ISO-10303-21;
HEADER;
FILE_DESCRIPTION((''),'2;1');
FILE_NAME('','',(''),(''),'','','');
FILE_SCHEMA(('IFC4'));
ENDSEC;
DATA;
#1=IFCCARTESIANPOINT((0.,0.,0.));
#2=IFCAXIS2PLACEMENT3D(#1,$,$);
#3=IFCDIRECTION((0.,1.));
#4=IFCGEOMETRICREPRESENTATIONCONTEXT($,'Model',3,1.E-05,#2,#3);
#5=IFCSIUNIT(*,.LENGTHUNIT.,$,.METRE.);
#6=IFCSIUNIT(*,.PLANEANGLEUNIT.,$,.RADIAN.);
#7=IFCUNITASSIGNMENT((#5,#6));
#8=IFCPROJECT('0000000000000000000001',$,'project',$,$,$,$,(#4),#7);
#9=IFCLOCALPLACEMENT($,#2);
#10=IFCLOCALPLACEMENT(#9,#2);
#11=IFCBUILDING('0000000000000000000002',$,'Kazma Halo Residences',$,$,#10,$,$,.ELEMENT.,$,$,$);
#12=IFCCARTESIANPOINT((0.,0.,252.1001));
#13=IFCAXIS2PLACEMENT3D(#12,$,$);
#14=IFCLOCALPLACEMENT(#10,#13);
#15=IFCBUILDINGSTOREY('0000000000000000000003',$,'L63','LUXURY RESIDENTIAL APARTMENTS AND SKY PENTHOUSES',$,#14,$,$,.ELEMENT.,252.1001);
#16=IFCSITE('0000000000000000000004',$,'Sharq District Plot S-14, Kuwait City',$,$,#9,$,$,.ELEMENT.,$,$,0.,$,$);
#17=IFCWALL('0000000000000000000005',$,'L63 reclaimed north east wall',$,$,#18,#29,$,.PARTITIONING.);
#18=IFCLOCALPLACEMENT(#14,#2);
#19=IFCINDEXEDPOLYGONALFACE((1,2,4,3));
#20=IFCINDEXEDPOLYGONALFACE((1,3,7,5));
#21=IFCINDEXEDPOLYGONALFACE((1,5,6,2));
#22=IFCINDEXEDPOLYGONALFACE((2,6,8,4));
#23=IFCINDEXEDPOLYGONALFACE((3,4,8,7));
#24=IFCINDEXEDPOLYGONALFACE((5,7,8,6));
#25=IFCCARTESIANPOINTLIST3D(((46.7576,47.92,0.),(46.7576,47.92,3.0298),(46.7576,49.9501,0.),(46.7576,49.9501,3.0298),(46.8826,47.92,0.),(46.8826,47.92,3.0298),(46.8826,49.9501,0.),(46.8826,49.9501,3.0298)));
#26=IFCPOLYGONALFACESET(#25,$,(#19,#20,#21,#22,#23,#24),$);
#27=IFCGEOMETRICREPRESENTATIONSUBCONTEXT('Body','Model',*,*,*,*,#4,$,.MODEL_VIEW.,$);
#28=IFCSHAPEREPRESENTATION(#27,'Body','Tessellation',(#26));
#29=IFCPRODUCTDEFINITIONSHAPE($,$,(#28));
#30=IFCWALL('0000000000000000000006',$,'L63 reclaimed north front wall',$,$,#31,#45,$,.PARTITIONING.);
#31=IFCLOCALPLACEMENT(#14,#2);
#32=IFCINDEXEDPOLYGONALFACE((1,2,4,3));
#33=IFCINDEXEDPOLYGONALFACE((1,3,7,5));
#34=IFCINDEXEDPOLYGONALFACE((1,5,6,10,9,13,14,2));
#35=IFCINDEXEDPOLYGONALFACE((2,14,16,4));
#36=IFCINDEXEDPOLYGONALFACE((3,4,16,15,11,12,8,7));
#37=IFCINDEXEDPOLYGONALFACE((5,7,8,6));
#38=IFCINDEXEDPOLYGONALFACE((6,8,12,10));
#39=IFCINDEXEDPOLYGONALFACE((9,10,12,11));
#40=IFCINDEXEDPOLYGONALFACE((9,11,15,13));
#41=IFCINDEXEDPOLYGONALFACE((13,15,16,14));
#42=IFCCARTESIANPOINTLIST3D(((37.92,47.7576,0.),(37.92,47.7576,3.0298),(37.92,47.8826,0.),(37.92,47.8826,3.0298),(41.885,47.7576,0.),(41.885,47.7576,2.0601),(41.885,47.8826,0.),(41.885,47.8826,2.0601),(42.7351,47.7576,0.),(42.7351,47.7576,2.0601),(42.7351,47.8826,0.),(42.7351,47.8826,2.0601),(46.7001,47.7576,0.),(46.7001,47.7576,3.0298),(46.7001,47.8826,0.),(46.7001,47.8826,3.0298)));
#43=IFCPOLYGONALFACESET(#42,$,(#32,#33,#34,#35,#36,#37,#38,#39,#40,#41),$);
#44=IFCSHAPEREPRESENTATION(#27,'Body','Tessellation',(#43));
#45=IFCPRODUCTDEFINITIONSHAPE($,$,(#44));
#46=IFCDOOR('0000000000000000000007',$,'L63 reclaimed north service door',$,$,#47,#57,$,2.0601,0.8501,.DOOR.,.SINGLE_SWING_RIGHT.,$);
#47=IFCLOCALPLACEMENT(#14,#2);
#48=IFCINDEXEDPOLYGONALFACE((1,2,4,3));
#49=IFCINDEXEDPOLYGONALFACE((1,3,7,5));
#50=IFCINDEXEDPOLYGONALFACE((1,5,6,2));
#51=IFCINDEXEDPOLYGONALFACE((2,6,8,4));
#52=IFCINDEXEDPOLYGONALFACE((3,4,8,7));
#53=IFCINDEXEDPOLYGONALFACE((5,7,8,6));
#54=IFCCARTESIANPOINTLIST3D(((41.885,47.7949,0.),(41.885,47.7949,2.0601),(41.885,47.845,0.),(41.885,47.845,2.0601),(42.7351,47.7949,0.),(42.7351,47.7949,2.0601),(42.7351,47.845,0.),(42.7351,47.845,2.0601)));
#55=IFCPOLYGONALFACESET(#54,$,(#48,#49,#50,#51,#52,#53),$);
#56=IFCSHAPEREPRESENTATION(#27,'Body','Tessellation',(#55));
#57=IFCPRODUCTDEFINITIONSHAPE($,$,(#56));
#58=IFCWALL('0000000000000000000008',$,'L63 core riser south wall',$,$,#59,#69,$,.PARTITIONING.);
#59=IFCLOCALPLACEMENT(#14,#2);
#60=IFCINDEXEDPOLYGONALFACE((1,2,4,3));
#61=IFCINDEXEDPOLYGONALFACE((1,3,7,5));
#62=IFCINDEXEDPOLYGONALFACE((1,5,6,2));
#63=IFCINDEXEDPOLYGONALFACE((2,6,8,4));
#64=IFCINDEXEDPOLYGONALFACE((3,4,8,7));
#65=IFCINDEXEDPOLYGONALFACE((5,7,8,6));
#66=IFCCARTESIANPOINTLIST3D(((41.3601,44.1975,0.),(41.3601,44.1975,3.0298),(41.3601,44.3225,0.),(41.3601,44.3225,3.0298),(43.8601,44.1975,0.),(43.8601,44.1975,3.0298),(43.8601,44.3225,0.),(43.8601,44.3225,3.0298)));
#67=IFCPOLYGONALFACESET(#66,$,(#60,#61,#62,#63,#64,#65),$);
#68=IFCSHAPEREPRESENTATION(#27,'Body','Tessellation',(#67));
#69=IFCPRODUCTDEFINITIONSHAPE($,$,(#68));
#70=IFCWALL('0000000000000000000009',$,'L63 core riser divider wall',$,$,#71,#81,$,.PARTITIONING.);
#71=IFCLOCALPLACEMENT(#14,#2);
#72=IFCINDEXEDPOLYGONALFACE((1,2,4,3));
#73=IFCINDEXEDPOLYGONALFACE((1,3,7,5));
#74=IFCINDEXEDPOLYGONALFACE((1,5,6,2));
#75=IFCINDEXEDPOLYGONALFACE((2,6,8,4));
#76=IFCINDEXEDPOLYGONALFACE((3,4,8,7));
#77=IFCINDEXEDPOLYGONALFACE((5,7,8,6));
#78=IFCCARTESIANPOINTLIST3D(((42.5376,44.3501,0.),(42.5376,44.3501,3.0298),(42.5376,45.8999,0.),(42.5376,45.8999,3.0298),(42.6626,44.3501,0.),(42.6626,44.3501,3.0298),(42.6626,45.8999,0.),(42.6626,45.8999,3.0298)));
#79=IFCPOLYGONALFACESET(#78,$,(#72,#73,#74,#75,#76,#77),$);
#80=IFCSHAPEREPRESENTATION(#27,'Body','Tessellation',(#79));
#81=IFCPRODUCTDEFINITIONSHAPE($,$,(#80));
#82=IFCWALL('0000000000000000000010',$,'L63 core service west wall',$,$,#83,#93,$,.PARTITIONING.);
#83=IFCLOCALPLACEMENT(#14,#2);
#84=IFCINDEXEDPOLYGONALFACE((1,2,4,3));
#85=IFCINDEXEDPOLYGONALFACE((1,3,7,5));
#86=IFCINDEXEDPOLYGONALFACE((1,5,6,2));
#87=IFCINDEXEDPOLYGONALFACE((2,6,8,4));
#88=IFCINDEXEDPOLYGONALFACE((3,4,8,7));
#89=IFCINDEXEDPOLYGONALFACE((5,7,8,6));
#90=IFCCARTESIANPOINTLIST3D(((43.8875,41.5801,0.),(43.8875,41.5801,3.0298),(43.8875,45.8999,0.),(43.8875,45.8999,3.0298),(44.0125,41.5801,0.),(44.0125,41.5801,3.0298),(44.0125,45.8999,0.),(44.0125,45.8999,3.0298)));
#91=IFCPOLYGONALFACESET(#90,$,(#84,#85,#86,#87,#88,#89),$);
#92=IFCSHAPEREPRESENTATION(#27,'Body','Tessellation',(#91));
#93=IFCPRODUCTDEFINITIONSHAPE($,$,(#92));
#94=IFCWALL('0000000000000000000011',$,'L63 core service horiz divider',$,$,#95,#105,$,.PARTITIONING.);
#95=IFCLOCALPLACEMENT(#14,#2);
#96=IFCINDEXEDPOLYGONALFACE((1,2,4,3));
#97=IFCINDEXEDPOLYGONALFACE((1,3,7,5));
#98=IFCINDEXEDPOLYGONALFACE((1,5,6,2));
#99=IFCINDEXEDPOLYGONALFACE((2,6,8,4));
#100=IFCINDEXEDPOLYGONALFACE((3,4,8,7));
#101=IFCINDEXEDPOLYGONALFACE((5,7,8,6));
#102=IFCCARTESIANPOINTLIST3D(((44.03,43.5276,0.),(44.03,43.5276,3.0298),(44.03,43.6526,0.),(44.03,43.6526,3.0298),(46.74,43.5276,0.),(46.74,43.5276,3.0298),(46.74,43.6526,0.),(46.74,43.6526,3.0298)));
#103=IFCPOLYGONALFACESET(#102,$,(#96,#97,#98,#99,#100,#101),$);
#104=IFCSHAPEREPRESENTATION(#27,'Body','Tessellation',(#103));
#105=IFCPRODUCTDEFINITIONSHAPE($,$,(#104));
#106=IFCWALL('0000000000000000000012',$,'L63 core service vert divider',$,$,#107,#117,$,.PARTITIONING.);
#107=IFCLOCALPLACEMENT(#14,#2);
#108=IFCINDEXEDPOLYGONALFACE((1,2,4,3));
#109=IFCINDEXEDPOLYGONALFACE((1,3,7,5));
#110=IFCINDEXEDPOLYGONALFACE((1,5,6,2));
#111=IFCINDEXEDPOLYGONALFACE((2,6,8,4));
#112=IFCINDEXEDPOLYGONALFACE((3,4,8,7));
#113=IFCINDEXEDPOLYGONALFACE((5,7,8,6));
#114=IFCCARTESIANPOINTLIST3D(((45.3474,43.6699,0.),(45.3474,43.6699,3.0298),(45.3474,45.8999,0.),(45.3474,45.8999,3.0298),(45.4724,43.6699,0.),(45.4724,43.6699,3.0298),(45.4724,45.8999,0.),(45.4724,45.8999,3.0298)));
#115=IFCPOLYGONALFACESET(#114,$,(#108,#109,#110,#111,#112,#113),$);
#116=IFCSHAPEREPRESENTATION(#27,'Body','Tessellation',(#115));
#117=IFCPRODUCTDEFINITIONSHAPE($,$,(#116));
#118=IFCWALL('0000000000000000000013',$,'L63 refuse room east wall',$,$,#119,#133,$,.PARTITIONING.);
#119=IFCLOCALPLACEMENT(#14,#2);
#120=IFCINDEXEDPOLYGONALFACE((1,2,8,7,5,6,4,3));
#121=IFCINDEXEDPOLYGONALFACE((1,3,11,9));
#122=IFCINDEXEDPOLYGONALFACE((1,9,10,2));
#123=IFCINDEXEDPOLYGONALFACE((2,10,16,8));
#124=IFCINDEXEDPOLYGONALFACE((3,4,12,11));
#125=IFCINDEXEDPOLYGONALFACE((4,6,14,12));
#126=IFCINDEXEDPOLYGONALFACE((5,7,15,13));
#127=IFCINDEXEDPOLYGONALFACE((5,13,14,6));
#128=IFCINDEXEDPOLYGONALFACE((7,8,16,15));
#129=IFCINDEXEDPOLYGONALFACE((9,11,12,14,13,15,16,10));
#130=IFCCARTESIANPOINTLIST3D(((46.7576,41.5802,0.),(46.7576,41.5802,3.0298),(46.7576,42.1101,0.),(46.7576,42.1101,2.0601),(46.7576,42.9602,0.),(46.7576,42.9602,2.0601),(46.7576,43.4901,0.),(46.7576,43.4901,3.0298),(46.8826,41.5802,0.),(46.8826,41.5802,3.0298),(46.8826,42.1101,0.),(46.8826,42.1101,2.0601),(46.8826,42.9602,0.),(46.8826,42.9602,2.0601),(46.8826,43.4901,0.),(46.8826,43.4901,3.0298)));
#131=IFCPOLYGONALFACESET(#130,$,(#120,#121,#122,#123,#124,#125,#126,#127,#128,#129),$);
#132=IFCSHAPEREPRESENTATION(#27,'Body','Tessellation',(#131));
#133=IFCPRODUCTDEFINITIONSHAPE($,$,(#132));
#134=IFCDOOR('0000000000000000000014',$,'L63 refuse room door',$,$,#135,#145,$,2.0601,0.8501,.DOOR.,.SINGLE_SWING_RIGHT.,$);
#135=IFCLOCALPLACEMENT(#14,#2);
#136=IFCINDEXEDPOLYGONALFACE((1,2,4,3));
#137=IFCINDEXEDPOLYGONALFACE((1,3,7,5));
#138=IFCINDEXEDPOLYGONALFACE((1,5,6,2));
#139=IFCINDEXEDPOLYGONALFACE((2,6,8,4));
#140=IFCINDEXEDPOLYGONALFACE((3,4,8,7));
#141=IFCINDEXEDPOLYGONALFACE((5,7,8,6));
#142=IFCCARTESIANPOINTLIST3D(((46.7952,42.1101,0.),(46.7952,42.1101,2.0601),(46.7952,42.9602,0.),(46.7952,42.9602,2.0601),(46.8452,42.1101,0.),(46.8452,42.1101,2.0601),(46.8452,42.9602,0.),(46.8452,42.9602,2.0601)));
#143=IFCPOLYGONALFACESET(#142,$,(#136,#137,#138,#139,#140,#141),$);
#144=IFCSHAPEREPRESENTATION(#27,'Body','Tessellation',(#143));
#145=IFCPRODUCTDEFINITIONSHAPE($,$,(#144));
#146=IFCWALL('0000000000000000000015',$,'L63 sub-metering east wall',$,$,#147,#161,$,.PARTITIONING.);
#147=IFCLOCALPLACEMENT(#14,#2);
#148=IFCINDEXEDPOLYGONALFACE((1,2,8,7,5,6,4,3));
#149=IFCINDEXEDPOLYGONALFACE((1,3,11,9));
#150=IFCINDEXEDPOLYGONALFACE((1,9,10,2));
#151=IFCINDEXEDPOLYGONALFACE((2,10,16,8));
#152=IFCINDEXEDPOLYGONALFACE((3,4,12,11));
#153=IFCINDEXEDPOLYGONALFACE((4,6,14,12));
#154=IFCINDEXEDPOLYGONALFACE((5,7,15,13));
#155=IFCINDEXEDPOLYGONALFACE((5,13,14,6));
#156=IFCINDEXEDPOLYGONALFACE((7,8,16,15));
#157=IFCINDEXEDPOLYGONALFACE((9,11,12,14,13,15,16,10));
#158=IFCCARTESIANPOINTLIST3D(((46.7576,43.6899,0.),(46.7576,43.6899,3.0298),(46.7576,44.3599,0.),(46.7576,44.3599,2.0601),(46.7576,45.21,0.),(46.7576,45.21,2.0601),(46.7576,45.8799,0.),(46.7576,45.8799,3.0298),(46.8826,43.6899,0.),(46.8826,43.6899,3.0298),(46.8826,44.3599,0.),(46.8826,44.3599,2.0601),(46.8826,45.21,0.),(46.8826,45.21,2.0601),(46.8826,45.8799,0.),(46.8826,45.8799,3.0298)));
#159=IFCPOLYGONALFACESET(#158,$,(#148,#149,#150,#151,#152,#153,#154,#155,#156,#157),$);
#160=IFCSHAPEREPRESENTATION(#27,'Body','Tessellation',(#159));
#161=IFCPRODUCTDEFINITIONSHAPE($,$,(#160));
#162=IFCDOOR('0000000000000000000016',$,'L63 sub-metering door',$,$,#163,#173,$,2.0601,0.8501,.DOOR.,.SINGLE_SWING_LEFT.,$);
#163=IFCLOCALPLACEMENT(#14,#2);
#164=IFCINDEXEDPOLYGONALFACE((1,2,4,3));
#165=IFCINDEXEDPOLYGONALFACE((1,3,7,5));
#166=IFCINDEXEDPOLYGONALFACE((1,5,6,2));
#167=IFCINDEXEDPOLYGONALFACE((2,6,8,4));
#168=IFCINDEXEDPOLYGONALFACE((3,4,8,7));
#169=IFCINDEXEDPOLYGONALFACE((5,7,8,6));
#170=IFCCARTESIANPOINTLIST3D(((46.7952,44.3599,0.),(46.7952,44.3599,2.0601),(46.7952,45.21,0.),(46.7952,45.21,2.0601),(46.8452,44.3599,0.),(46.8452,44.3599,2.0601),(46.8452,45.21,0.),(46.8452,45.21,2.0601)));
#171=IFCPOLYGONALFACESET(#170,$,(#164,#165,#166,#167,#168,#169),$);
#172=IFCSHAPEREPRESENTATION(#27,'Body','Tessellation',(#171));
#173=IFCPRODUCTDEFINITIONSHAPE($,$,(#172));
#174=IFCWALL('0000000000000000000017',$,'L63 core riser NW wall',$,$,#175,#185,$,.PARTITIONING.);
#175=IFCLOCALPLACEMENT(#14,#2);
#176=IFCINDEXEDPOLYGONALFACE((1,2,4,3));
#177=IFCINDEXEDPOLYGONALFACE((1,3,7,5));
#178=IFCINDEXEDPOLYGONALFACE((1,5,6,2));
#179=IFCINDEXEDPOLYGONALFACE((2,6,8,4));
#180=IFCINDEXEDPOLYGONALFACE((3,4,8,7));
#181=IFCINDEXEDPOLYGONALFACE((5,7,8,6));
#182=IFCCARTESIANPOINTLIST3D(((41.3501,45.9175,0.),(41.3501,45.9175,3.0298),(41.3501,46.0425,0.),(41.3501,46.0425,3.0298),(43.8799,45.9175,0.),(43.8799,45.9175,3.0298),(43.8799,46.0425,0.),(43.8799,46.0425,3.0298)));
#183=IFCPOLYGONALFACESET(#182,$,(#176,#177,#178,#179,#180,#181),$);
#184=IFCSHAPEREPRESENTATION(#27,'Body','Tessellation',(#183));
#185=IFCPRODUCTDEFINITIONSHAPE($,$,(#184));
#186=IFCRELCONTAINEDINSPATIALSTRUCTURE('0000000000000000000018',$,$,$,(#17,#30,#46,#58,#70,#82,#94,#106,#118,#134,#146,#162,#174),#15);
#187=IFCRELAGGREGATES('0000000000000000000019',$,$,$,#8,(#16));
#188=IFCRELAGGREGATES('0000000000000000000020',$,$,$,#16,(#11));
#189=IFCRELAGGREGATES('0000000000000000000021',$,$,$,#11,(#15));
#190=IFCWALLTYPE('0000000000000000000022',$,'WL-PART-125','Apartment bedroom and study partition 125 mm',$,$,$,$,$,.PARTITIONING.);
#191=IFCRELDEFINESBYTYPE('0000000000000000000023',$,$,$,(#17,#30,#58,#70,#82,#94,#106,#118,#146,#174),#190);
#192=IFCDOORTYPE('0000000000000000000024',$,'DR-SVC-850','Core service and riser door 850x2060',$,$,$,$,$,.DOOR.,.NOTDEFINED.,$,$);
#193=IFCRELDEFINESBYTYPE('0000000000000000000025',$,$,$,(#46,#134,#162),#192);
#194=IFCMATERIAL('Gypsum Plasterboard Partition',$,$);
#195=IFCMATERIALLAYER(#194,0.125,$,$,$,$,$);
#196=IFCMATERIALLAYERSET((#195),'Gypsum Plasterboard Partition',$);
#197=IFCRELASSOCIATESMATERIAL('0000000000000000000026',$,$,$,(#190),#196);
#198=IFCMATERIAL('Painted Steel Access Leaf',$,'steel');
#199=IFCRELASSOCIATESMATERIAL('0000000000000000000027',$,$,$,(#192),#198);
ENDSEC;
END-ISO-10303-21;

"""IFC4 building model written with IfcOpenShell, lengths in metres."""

from ifc_helpers import new_model, si_unit, direction, frame, frame_2d, origin, place, context, subcontext, project, spatial, rectangle, extrude, material, layer, layer_set, type_object, element, fill, save


model = new_model("IFC4")

# Units and contexts
model_context = context("Model", 3, precision=1e-05, world=origin(), true_north=direction((0.0, 1.0)))
body_context = subcontext(model_context, "Body", "Model", "MODEL_VIEW")
ifc_project = project(units=[si_unit("LENGTHUNIT", "METRE"), si_unit("PLANEANGLEUNIT", "RADIAN")], contexts=[model_context])

# Site, building, storey
site_placement = place(None, origin())
site = spatial("IfcSite", under=ifc_project, at=site_placement, Name="Sharq District Plot S-14, Kuwait City", CompositionType="ELEMENT", RefElevation=0.0)
building_placement = place(site_placement, origin())
building = spatial("IfcBuilding", under=site, at=building_placement, Name="Kazma Halo Residences", CompositionType="ELEMENT")
storey_placement = place(building_placement, frame((0.0, 0.0, 252.1001)))
storey = spatial("IfcBuildingStorey", under=building, at=storey_placement, Name="L63", Description="LUXURY RESIDENTIAL APARTMENTS AND SKY PENTHOUSES", CompositionType="ELEMENT", Elevation=252.1001)

# Wall
ifc_material_1 = material(Name="Gypsum Plasterboard Partition")
ifc_layer_1 = layer(ifc_material_1, 0.125)
ifc_layer_set_1 = layer_set([ifc_layer_1], Name="Gypsum Plasterboard Partition")
wall_type_1 = type_object("IfcWallType", Name="WL-PART-125", Description="Apartment bedroom and study partition 125 mm", PredefinedType="PARTITIONING", material=ifc_layer_set_1)
wall_1_placement = place(storey_placement, frame((46.8201, 47.9199, 0.0), z_axis=(0.0, 0.0, 1.0), x_axis=(0.0, 1.0, 0.0)))
element("IfcWall", 1, at=wall_1_placement, inside=storey, type_object=wall_type_1, Name="L63 reclaimed north east wall", PredefinedType="PARTITIONING", context=body_context, shape_type="SweptSolid", body=[
    extrude(rectangle(XDim=2.03, YDim=0.125, at=frame_2d((1.0151, 0.0))), origin(), (0.0, 0.0, 1.0), 3.0298),
])

# Wall, opening, door
wall_2_placement = place(storey_placement, frame((37.9199, 47.8201, 0.0), z_axis=(0.0, 0.0, 1.0), x_axis=(1.0, 0.0, 0.0)))
wall_2 = element("IfcWall", 2, at=wall_2_placement, inside=storey, type_object=wall_type_1, Name="L63 reclaimed north front wall", PredefinedType="PARTITIONING", context=body_context, shape_type="SweptSolid", body=[
    extrude(rectangle(XDim=8.78, YDim=0.125, at=frame_2d((4.3901, 0.0))), origin(), (0.0, 0.0, 1.0), 3.0298),
])
opening_1_placement = place(wall_2_placement, frame((3.9651, 0.0, 0.0)))
opening_1 = element("IfcOpeningElement", 3, at=opening_1_placement, cuts=wall_2, PredefinedType="OPENING", context=body_context, shape_type="SweptSolid", body=[
    extrude(rectangle(XDim=0.8501, YDim=2.0601, at=frame_2d((0.425, 1.03))), frame((0.0, 0.0725, 0.0), z_axis=(0.0, -1.0, 0.0), x_axis=(1.0, 0.0, 0.0)), (0.0, 0.0, 1.0), 0.145),
])
ifc_material_2 = material(Name="Painted Steel Access Leaf", Category="steel")
door_type_1 = type_object("IfcDoorType", Name="DR-SVC-850", Description="Core service and riser door 850x2060", OperationType="NOTDEFINED", PredefinedType="DOOR", material=ifc_material_2)
door_1_placement = place(opening_1_placement, origin())
door_1 = element("IfcDoor", 4, at=door_1_placement, inside=storey, type_object=door_type_1, Name="L63 reclaimed north service door", OperationType="SINGLE_SWING_RIGHT", OverallHeight=2.0601, OverallWidth=0.8501, PredefinedType="DOOR", context=body_context, shape_type="SweptSolid", body=[
    extrude(rectangle(XDim=0.8501, YDim=2.0601, at=frame_2d((0.425, 1.03))), frame((0.0, 0.0249, 0.0), z_axis=(0.0, -1.0, 0.0), x_axis=(1.0, 0.0, 0.0)), (0.0, 0.0, 1.0), 0.05),
])
fill(opening_1, door_1)

# Walls
wall_3_placement = place(storey_placement, frame((41.3601, 44.26, 0.0), z_axis=(0.0, 0.0, 1.0), x_axis=(1.0, 0.0, 0.0)))
element("IfcWall", 5, at=wall_3_placement, inside=storey, type_object=wall_type_1, Name="L63 core riser south wall", PredefinedType="PARTITIONING", context=body_context, shape_type="SweptSolid", body=[
    extrude(rectangle(XDim=2.5, YDim=0.125, at=frame_2d((1.25, 0.0))), origin(), (0.0, 0.0, 1.0), 3.0298),
])
wall_4_placement = place(storey_placement, frame((42.6001, 44.3501, 0.0), z_axis=(0.0, 0.0, 1.0), x_axis=(0.0, 1.0, 0.0)))
element("IfcWall", 6, at=wall_4_placement, inside=storey, type_object=wall_type_1, Name="L63 core riser divider wall", PredefinedType="PARTITIONING", context=body_context, shape_type="SweptSolid", body=[
    extrude(rectangle(XDim=1.5498, YDim=0.125, at=frame_2d((0.7749, 0.0))), origin(), (0.0, 0.0, 1.0), 3.0298),
])
wall_5_placement = place(storey_placement, frame((43.95, 41.5801, 0.0), z_axis=(0.0, 0.0, 1.0), x_axis=(0.0, 1.0, 0.0)))
element("IfcWall", 7, at=wall_5_placement, inside=storey, type_object=wall_type_1, Name="L63 core service west wall", PredefinedType="PARTITIONING", context=body_context, shape_type="SweptSolid", body=[
    extrude(rectangle(XDim=4.3198, YDim=0.125, at=frame_2d((2.1599, 0.0))), origin(), (0.0, 0.0, 1.0), 3.0298),
])
wall_6_placement = place(storey_placement, frame((44.03, 43.5901, 0.0), z_axis=(0.0, 0.0, 1.0), x_axis=(1.0, 0.0, 0.0)))
element("IfcWall", 8, at=wall_6_placement, inside=storey, type_object=wall_type_1, Name="L63 core service horiz divider", PredefinedType="PARTITIONING", context=body_context, shape_type="SweptSolid", body=[
    extrude(rectangle(XDim=2.71, YDim=0.125, at=frame_2d((1.355, 0.0))), origin(), (0.0, 0.0, 1.0), 3.0298),
])
wall_7_placement = place(storey_placement, frame((45.4099, 43.6699, 0.0), z_axis=(0.0, 0.0, 1.0), x_axis=(0.0, 1.0, 0.0)))
element("IfcWall", 9, at=wall_7_placement, inside=storey, type_object=wall_type_1, Name="L63 core service vert divider", PredefinedType="PARTITIONING", context=body_context, shape_type="SweptSolid", body=[
    extrude(rectangle(XDim=2.23, YDim=0.125, at=frame_2d((1.115, 0.0))), origin(), (0.0, 0.0, 1.0), 3.0298),
])

# Walls, openings, doors
wall_8_placement = place(storey_placement, frame((46.8201, 41.5801, 0.0), z_axis=(0.0, 0.0, 1.0), x_axis=(0.0, 1.0, 0.0)))
wall_8 = element("IfcWall", 10, at=wall_8_placement, inside=storey, type_object=wall_type_1, Name="L63 refuse room east wall", PredefinedType="PARTITIONING", context=body_context, shape_type="SweptSolid", body=[
    extrude(rectangle(XDim=1.9099, YDim=0.125, at=frame_2d((0.9551, 0.0))), origin(), (0.0, 0.0, 1.0), 3.0298),
])
opening_2_placement = place(wall_8_placement, frame((0.53, 0.0, 0.0)))
opening_2 = element("IfcOpeningElement", 11, at=opening_2_placement, cuts=wall_8, PredefinedType="OPENING", context=body_context, shape_type="SweptSolid", body=[
    extrude(rectangle(XDim=0.8501, YDim=2.0601, at=frame_2d((0.425, 1.03))), frame((0.0, 0.0725, 0.0), z_axis=(0.0, -1.0, 0.0), x_axis=(1.0, 0.0, 0.0)), (0.0, 0.0, 1.0), 0.145),
])
door_2_placement = place(opening_2_placement, origin())
door_2 = element("IfcDoor", 12, at=door_2_placement, inside=storey, type_object=door_type_1, Name="L63 refuse room door", OperationType="SINGLE_SWING_RIGHT", OverallHeight=2.0601, OverallWidth=0.8501, PredefinedType="DOOR", context=body_context, shape_type="SweptSolid", body=[
    extrude(rectangle(XDim=0.8501, YDim=2.0601, at=frame_2d((0.425, 1.03))), frame((0.0, 0.0249, 0.0), z_axis=(0.0, -1.0, 0.0), x_axis=(1.0, 0.0, 0.0)), (0.0, 0.0, 1.0), 0.05),
])
fill(opening_2, door_2)
wall_9_placement = place(storey_placement, frame((46.8201, 43.6899, 0.0), z_axis=(0.0, 0.0, 1.0), x_axis=(0.0, 1.0, 0.0)))
wall_9 = element("IfcWall", 13, at=wall_9_placement, inside=storey, type_object=wall_type_1, Name="L63 sub-metering east wall", PredefinedType="PARTITIONING", context=body_context, shape_type="SweptSolid", body=[
    extrude(rectangle(XDim=2.1899, YDim=0.125, at=frame_2d((1.095, 0.0))), origin(), (0.0, 0.0, 1.0), 3.0298),
])
opening_3_placement = place(wall_9_placement, frame((0.6699, 0.0, 0.0)))
opening_3 = element("IfcOpeningElement", 14, at=opening_3_placement, cuts=wall_9, PredefinedType="OPENING", context=body_context, shape_type="SweptSolid", body=[
    extrude(rectangle(XDim=0.8501, YDim=2.0601, at=frame_2d((0.425, 1.03))), frame((0.0, 0.0725, 0.0), z_axis=(0.0, -1.0, 0.0), x_axis=(1.0, 0.0, 0.0)), (0.0, 0.0, 1.0), 0.145),
])
door_3_placement = place(opening_3_placement, origin())
door_3 = element("IfcDoor", 15, at=door_3_placement, inside=storey, type_object=door_type_1, Name="L63 sub-metering door", OperationType="SINGLE_SWING_LEFT", OverallHeight=2.0601, OverallWidth=0.8501, PredefinedType="DOOR", context=body_context, shape_type="SweptSolid", body=[
    extrude(rectangle(XDim=0.8501, YDim=2.0601, at=frame_2d((0.425, 1.03))), frame((0.0, 0.0249, 0.0), z_axis=(0.0, -1.0, 0.0), x_axis=(1.0, 0.0, 0.0)), (0.0, 0.0, 1.0), 0.05),
])
fill(opening_3, door_3)

# Wall
wall_10_placement = place(storey_placement, frame((41.3501, 45.98, 0.0), z_axis=(0.0, 0.0, 1.0), x_axis=(1.0, 0.0, 0.0)))
element("IfcWall", 16, at=wall_10_placement, inside=storey, type_object=wall_type_1, Name="L63 core riser NW wall", PredefinedType="PARTITIONING", context=body_context, shape_type="SweptSolid", body=[
    extrude(rectangle(XDim=2.5298, YDim=0.125, at=frame_2d((1.2649, 0.0))), origin(), (0.0, 0.0, 1.0), 3.0298),
])

save(model, "model.ifc")
